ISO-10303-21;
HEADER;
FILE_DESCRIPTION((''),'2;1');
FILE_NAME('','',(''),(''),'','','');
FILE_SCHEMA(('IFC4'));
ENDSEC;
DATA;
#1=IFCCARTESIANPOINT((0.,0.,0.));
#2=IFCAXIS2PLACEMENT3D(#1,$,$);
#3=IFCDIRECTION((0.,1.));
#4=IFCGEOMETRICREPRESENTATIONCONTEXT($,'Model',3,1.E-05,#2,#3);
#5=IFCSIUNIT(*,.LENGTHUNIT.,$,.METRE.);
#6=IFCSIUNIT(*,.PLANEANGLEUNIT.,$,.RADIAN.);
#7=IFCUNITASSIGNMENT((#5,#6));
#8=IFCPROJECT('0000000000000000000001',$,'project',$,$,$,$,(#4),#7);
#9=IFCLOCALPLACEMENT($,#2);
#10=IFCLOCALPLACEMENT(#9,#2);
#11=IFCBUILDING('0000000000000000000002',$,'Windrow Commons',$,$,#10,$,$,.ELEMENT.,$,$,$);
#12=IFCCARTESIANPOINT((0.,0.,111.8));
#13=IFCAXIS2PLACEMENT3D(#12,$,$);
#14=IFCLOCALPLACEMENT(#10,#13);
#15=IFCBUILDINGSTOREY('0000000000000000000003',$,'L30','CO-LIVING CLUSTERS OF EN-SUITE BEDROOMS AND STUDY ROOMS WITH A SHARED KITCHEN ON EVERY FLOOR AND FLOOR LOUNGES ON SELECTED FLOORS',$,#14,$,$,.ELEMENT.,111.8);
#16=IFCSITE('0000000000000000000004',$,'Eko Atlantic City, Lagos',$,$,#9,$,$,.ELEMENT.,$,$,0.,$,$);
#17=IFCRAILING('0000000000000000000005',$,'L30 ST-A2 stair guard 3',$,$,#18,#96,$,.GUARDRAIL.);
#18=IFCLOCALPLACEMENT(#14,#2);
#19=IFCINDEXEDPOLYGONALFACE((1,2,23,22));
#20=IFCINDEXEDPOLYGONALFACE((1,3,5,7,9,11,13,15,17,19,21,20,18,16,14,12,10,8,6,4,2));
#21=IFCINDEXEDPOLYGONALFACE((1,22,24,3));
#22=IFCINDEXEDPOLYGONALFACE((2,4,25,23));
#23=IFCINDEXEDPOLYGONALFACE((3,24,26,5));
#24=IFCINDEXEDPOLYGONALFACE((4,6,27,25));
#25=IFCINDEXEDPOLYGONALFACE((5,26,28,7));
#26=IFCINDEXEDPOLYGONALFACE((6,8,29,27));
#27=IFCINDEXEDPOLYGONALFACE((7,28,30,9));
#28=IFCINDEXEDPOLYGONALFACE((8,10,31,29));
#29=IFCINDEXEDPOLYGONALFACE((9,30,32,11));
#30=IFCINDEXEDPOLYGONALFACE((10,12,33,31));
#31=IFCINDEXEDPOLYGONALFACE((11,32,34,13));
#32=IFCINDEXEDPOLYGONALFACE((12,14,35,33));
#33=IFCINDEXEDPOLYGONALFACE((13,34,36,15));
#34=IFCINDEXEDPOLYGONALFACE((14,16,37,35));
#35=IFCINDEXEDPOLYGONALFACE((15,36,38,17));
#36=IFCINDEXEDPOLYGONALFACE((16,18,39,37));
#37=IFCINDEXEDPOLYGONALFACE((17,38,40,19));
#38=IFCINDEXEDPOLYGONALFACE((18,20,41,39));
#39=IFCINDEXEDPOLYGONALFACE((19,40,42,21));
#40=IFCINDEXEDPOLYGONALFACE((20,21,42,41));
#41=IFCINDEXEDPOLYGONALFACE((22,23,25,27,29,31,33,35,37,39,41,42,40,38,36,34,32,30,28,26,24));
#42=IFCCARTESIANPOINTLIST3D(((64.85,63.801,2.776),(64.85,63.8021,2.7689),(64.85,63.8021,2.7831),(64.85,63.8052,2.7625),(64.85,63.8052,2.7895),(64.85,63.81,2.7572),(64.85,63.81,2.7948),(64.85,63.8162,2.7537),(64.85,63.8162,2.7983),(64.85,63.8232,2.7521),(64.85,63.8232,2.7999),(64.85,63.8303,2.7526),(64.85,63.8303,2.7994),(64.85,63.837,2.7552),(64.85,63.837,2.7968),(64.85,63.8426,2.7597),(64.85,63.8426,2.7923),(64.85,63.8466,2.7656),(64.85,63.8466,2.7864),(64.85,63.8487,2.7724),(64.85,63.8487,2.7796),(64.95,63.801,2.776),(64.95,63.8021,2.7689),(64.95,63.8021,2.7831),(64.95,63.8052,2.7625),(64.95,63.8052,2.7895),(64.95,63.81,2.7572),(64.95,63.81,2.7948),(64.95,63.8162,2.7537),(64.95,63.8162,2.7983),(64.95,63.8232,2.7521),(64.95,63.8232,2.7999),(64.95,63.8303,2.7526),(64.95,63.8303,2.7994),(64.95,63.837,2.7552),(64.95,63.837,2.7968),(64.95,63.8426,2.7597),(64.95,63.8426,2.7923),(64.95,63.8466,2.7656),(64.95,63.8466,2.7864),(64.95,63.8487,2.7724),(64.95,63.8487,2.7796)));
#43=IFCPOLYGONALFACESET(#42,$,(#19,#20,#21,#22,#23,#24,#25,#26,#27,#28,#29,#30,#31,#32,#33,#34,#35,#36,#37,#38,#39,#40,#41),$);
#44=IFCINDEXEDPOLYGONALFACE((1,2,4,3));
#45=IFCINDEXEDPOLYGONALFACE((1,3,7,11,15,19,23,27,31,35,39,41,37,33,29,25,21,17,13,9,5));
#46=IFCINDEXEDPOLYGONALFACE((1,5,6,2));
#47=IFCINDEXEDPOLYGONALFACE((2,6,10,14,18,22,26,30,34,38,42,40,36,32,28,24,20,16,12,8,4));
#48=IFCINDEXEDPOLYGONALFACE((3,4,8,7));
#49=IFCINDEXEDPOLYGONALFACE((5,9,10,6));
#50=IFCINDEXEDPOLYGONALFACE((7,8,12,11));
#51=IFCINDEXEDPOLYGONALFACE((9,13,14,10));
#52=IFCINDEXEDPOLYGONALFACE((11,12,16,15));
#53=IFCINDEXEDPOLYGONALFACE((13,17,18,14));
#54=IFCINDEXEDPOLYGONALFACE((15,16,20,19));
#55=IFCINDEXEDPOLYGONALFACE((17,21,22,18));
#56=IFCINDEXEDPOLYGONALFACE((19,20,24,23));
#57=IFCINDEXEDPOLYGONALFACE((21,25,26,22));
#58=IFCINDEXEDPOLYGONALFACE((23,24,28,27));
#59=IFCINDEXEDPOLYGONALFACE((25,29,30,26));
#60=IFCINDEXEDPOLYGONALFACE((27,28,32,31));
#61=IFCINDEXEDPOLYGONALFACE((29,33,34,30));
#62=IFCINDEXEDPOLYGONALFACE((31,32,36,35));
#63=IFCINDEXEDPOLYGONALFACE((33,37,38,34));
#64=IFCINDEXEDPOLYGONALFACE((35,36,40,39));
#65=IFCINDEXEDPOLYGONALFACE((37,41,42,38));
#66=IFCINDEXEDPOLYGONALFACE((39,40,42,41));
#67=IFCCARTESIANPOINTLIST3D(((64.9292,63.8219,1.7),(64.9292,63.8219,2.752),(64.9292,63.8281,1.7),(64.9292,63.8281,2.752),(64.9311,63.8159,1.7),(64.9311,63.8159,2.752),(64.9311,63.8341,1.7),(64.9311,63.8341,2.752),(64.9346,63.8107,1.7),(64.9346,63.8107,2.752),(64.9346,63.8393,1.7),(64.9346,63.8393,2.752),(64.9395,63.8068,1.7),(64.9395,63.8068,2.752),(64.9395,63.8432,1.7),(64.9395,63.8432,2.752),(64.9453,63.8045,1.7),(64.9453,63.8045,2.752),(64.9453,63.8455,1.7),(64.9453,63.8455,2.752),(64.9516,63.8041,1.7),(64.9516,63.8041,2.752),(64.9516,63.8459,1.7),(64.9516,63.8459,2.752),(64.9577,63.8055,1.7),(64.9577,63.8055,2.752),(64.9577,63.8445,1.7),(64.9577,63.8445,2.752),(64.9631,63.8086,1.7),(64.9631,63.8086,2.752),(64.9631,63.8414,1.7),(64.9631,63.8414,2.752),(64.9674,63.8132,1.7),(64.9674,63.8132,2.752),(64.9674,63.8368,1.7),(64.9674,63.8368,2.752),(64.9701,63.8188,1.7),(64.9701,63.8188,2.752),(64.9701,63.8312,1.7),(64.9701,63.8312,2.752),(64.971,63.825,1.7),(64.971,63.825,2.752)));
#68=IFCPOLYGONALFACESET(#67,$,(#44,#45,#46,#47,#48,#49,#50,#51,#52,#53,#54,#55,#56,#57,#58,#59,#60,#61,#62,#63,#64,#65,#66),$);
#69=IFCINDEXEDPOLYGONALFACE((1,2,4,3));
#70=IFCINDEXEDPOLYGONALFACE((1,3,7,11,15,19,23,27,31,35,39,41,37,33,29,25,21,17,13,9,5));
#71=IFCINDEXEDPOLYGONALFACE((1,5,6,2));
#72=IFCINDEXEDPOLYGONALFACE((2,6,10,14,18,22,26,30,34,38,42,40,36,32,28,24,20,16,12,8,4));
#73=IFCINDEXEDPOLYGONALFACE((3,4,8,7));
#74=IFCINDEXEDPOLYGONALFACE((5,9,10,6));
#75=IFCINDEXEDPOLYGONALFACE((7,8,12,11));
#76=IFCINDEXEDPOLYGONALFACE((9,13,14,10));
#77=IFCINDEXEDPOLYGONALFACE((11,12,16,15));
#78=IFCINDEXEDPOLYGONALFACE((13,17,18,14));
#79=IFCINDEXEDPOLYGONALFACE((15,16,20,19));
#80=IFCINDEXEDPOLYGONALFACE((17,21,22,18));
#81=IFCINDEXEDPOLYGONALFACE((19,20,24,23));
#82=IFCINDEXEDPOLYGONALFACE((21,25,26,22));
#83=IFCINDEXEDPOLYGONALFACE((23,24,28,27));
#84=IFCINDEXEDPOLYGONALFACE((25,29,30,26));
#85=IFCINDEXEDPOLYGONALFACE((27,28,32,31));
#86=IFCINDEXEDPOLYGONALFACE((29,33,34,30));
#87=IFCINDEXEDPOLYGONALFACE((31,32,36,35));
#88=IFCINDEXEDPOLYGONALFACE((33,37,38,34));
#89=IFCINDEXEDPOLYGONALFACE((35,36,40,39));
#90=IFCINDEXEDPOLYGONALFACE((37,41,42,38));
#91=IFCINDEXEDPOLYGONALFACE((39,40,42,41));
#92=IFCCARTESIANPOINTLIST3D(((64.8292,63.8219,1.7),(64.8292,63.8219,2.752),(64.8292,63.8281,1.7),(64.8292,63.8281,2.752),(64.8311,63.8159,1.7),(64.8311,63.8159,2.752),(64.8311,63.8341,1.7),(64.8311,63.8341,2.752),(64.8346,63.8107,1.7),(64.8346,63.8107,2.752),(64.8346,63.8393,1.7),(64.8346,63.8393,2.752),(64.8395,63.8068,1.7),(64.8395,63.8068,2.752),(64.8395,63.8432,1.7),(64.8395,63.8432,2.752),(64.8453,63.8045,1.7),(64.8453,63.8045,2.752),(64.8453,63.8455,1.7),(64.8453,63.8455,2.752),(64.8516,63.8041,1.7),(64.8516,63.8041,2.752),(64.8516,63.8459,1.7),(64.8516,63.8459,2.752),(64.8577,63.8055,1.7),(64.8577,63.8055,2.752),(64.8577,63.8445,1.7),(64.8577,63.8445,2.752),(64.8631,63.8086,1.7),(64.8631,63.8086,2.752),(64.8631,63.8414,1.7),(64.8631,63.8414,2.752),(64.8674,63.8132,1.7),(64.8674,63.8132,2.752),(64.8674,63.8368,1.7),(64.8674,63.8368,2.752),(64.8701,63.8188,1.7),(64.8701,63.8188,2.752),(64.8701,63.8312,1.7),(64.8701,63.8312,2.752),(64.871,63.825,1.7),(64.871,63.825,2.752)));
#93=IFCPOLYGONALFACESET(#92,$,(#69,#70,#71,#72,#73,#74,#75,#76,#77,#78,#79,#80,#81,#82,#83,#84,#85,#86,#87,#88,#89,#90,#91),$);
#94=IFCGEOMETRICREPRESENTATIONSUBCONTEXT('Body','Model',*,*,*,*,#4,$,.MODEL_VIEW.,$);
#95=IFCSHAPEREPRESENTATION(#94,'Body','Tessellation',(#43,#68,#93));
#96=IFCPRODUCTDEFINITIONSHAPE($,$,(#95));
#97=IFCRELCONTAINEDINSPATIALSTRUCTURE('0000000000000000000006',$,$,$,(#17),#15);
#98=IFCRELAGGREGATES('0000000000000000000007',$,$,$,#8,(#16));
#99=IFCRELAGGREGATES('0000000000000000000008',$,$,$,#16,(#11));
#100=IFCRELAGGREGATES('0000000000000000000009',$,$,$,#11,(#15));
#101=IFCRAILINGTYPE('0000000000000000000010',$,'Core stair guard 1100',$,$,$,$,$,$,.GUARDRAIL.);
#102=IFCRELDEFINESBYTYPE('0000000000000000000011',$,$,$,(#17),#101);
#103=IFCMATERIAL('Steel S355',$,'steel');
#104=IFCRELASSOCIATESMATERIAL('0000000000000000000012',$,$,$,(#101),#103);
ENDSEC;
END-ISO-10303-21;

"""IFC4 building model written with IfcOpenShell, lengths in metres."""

from ifc_helpers import new_model, si_unit, direction, frame, origin, origin_2d, place, context, subcontext, project, spatial, circle, extrude, material, type_object, element, save


model = new_model("IFC4")

# Units and contexts
model_context = context("Model", 3, precision=1e-05, world=origin(), true_north=direction((0.0, 1.0)))
body_context = subcontext(model_context, "Body", "Model", "MODEL_VIEW")
ifc_project = project(units=[si_unit("LENGTHUNIT", "METRE"), si_unit("PLANEANGLEUNIT", "RADIAN")], contexts=[model_context])

# Site, building, storey
site_placement = place(None, origin())
site = spatial("IfcSite", under=ifc_project, at=site_placement, Name="Eko Atlantic City, Lagos", CompositionType="ELEMENT", RefElevation=0.0)
building_placement = place(site_placement, origin())
building = spatial("IfcBuilding", under=site, at=building_placement, Name="Windrow Commons", CompositionType="ELEMENT")
storey_placement = place(building_placement, frame((0.0, 0.0, 111.8)))
storey = spatial("IfcBuildingStorey", under=building, at=storey_placement, Name="L30", Description="CO-LIVING CLUSTERS OF EN-SUITE BEDROOMS AND STUDY ROOMS WITH A SHARED KITCHEN ON EVERY FLOOR AND FLOOR LOUNGES ON SELECTED FLOORS", CompositionType="ELEMENT", Elevation=111.8)

# Railing
ifc_material_1 = material(Name="Steel S355", Category="steel")
railing_type_1 = type_object("IfcRailingType", Name="Core stair guard 1100", PredefinedType="GUARDRAIL", material=ifc_material_1)
railing_1_placement = place(storey_placement, frame((64.95, 63.825, 1.7)))
element("IfcRailing", 1, at=railing_1_placement, inside=storey, type_object=railing_type_1, Name="L30 ST-A2 stair guard 3", PredefinedType="GUARDRAIL", context=body_context, shape_type="SweptSolid", body=[
    extrude(circle(Radius=0.024, at=origin_2d()), frame((0.0, 0.0, 1.076), z_axis=(-1.0, 0.0, 0.0), x_axis=(0.0, -1.0, 0.0)), (0.0, 0.0, 1.0), 0.1),
    extrude(circle(Radius=0.021, at=origin_2d()), origin(), (0.0, 0.0, 1.0), 1.052),
    extrude(circle(Radius=0.021, at=origin_2d()), frame((-0.1, 0.0, 0.0)), (0.0, 0.0, 1.0), 1.052),
])

save(model, "model.ifc")
